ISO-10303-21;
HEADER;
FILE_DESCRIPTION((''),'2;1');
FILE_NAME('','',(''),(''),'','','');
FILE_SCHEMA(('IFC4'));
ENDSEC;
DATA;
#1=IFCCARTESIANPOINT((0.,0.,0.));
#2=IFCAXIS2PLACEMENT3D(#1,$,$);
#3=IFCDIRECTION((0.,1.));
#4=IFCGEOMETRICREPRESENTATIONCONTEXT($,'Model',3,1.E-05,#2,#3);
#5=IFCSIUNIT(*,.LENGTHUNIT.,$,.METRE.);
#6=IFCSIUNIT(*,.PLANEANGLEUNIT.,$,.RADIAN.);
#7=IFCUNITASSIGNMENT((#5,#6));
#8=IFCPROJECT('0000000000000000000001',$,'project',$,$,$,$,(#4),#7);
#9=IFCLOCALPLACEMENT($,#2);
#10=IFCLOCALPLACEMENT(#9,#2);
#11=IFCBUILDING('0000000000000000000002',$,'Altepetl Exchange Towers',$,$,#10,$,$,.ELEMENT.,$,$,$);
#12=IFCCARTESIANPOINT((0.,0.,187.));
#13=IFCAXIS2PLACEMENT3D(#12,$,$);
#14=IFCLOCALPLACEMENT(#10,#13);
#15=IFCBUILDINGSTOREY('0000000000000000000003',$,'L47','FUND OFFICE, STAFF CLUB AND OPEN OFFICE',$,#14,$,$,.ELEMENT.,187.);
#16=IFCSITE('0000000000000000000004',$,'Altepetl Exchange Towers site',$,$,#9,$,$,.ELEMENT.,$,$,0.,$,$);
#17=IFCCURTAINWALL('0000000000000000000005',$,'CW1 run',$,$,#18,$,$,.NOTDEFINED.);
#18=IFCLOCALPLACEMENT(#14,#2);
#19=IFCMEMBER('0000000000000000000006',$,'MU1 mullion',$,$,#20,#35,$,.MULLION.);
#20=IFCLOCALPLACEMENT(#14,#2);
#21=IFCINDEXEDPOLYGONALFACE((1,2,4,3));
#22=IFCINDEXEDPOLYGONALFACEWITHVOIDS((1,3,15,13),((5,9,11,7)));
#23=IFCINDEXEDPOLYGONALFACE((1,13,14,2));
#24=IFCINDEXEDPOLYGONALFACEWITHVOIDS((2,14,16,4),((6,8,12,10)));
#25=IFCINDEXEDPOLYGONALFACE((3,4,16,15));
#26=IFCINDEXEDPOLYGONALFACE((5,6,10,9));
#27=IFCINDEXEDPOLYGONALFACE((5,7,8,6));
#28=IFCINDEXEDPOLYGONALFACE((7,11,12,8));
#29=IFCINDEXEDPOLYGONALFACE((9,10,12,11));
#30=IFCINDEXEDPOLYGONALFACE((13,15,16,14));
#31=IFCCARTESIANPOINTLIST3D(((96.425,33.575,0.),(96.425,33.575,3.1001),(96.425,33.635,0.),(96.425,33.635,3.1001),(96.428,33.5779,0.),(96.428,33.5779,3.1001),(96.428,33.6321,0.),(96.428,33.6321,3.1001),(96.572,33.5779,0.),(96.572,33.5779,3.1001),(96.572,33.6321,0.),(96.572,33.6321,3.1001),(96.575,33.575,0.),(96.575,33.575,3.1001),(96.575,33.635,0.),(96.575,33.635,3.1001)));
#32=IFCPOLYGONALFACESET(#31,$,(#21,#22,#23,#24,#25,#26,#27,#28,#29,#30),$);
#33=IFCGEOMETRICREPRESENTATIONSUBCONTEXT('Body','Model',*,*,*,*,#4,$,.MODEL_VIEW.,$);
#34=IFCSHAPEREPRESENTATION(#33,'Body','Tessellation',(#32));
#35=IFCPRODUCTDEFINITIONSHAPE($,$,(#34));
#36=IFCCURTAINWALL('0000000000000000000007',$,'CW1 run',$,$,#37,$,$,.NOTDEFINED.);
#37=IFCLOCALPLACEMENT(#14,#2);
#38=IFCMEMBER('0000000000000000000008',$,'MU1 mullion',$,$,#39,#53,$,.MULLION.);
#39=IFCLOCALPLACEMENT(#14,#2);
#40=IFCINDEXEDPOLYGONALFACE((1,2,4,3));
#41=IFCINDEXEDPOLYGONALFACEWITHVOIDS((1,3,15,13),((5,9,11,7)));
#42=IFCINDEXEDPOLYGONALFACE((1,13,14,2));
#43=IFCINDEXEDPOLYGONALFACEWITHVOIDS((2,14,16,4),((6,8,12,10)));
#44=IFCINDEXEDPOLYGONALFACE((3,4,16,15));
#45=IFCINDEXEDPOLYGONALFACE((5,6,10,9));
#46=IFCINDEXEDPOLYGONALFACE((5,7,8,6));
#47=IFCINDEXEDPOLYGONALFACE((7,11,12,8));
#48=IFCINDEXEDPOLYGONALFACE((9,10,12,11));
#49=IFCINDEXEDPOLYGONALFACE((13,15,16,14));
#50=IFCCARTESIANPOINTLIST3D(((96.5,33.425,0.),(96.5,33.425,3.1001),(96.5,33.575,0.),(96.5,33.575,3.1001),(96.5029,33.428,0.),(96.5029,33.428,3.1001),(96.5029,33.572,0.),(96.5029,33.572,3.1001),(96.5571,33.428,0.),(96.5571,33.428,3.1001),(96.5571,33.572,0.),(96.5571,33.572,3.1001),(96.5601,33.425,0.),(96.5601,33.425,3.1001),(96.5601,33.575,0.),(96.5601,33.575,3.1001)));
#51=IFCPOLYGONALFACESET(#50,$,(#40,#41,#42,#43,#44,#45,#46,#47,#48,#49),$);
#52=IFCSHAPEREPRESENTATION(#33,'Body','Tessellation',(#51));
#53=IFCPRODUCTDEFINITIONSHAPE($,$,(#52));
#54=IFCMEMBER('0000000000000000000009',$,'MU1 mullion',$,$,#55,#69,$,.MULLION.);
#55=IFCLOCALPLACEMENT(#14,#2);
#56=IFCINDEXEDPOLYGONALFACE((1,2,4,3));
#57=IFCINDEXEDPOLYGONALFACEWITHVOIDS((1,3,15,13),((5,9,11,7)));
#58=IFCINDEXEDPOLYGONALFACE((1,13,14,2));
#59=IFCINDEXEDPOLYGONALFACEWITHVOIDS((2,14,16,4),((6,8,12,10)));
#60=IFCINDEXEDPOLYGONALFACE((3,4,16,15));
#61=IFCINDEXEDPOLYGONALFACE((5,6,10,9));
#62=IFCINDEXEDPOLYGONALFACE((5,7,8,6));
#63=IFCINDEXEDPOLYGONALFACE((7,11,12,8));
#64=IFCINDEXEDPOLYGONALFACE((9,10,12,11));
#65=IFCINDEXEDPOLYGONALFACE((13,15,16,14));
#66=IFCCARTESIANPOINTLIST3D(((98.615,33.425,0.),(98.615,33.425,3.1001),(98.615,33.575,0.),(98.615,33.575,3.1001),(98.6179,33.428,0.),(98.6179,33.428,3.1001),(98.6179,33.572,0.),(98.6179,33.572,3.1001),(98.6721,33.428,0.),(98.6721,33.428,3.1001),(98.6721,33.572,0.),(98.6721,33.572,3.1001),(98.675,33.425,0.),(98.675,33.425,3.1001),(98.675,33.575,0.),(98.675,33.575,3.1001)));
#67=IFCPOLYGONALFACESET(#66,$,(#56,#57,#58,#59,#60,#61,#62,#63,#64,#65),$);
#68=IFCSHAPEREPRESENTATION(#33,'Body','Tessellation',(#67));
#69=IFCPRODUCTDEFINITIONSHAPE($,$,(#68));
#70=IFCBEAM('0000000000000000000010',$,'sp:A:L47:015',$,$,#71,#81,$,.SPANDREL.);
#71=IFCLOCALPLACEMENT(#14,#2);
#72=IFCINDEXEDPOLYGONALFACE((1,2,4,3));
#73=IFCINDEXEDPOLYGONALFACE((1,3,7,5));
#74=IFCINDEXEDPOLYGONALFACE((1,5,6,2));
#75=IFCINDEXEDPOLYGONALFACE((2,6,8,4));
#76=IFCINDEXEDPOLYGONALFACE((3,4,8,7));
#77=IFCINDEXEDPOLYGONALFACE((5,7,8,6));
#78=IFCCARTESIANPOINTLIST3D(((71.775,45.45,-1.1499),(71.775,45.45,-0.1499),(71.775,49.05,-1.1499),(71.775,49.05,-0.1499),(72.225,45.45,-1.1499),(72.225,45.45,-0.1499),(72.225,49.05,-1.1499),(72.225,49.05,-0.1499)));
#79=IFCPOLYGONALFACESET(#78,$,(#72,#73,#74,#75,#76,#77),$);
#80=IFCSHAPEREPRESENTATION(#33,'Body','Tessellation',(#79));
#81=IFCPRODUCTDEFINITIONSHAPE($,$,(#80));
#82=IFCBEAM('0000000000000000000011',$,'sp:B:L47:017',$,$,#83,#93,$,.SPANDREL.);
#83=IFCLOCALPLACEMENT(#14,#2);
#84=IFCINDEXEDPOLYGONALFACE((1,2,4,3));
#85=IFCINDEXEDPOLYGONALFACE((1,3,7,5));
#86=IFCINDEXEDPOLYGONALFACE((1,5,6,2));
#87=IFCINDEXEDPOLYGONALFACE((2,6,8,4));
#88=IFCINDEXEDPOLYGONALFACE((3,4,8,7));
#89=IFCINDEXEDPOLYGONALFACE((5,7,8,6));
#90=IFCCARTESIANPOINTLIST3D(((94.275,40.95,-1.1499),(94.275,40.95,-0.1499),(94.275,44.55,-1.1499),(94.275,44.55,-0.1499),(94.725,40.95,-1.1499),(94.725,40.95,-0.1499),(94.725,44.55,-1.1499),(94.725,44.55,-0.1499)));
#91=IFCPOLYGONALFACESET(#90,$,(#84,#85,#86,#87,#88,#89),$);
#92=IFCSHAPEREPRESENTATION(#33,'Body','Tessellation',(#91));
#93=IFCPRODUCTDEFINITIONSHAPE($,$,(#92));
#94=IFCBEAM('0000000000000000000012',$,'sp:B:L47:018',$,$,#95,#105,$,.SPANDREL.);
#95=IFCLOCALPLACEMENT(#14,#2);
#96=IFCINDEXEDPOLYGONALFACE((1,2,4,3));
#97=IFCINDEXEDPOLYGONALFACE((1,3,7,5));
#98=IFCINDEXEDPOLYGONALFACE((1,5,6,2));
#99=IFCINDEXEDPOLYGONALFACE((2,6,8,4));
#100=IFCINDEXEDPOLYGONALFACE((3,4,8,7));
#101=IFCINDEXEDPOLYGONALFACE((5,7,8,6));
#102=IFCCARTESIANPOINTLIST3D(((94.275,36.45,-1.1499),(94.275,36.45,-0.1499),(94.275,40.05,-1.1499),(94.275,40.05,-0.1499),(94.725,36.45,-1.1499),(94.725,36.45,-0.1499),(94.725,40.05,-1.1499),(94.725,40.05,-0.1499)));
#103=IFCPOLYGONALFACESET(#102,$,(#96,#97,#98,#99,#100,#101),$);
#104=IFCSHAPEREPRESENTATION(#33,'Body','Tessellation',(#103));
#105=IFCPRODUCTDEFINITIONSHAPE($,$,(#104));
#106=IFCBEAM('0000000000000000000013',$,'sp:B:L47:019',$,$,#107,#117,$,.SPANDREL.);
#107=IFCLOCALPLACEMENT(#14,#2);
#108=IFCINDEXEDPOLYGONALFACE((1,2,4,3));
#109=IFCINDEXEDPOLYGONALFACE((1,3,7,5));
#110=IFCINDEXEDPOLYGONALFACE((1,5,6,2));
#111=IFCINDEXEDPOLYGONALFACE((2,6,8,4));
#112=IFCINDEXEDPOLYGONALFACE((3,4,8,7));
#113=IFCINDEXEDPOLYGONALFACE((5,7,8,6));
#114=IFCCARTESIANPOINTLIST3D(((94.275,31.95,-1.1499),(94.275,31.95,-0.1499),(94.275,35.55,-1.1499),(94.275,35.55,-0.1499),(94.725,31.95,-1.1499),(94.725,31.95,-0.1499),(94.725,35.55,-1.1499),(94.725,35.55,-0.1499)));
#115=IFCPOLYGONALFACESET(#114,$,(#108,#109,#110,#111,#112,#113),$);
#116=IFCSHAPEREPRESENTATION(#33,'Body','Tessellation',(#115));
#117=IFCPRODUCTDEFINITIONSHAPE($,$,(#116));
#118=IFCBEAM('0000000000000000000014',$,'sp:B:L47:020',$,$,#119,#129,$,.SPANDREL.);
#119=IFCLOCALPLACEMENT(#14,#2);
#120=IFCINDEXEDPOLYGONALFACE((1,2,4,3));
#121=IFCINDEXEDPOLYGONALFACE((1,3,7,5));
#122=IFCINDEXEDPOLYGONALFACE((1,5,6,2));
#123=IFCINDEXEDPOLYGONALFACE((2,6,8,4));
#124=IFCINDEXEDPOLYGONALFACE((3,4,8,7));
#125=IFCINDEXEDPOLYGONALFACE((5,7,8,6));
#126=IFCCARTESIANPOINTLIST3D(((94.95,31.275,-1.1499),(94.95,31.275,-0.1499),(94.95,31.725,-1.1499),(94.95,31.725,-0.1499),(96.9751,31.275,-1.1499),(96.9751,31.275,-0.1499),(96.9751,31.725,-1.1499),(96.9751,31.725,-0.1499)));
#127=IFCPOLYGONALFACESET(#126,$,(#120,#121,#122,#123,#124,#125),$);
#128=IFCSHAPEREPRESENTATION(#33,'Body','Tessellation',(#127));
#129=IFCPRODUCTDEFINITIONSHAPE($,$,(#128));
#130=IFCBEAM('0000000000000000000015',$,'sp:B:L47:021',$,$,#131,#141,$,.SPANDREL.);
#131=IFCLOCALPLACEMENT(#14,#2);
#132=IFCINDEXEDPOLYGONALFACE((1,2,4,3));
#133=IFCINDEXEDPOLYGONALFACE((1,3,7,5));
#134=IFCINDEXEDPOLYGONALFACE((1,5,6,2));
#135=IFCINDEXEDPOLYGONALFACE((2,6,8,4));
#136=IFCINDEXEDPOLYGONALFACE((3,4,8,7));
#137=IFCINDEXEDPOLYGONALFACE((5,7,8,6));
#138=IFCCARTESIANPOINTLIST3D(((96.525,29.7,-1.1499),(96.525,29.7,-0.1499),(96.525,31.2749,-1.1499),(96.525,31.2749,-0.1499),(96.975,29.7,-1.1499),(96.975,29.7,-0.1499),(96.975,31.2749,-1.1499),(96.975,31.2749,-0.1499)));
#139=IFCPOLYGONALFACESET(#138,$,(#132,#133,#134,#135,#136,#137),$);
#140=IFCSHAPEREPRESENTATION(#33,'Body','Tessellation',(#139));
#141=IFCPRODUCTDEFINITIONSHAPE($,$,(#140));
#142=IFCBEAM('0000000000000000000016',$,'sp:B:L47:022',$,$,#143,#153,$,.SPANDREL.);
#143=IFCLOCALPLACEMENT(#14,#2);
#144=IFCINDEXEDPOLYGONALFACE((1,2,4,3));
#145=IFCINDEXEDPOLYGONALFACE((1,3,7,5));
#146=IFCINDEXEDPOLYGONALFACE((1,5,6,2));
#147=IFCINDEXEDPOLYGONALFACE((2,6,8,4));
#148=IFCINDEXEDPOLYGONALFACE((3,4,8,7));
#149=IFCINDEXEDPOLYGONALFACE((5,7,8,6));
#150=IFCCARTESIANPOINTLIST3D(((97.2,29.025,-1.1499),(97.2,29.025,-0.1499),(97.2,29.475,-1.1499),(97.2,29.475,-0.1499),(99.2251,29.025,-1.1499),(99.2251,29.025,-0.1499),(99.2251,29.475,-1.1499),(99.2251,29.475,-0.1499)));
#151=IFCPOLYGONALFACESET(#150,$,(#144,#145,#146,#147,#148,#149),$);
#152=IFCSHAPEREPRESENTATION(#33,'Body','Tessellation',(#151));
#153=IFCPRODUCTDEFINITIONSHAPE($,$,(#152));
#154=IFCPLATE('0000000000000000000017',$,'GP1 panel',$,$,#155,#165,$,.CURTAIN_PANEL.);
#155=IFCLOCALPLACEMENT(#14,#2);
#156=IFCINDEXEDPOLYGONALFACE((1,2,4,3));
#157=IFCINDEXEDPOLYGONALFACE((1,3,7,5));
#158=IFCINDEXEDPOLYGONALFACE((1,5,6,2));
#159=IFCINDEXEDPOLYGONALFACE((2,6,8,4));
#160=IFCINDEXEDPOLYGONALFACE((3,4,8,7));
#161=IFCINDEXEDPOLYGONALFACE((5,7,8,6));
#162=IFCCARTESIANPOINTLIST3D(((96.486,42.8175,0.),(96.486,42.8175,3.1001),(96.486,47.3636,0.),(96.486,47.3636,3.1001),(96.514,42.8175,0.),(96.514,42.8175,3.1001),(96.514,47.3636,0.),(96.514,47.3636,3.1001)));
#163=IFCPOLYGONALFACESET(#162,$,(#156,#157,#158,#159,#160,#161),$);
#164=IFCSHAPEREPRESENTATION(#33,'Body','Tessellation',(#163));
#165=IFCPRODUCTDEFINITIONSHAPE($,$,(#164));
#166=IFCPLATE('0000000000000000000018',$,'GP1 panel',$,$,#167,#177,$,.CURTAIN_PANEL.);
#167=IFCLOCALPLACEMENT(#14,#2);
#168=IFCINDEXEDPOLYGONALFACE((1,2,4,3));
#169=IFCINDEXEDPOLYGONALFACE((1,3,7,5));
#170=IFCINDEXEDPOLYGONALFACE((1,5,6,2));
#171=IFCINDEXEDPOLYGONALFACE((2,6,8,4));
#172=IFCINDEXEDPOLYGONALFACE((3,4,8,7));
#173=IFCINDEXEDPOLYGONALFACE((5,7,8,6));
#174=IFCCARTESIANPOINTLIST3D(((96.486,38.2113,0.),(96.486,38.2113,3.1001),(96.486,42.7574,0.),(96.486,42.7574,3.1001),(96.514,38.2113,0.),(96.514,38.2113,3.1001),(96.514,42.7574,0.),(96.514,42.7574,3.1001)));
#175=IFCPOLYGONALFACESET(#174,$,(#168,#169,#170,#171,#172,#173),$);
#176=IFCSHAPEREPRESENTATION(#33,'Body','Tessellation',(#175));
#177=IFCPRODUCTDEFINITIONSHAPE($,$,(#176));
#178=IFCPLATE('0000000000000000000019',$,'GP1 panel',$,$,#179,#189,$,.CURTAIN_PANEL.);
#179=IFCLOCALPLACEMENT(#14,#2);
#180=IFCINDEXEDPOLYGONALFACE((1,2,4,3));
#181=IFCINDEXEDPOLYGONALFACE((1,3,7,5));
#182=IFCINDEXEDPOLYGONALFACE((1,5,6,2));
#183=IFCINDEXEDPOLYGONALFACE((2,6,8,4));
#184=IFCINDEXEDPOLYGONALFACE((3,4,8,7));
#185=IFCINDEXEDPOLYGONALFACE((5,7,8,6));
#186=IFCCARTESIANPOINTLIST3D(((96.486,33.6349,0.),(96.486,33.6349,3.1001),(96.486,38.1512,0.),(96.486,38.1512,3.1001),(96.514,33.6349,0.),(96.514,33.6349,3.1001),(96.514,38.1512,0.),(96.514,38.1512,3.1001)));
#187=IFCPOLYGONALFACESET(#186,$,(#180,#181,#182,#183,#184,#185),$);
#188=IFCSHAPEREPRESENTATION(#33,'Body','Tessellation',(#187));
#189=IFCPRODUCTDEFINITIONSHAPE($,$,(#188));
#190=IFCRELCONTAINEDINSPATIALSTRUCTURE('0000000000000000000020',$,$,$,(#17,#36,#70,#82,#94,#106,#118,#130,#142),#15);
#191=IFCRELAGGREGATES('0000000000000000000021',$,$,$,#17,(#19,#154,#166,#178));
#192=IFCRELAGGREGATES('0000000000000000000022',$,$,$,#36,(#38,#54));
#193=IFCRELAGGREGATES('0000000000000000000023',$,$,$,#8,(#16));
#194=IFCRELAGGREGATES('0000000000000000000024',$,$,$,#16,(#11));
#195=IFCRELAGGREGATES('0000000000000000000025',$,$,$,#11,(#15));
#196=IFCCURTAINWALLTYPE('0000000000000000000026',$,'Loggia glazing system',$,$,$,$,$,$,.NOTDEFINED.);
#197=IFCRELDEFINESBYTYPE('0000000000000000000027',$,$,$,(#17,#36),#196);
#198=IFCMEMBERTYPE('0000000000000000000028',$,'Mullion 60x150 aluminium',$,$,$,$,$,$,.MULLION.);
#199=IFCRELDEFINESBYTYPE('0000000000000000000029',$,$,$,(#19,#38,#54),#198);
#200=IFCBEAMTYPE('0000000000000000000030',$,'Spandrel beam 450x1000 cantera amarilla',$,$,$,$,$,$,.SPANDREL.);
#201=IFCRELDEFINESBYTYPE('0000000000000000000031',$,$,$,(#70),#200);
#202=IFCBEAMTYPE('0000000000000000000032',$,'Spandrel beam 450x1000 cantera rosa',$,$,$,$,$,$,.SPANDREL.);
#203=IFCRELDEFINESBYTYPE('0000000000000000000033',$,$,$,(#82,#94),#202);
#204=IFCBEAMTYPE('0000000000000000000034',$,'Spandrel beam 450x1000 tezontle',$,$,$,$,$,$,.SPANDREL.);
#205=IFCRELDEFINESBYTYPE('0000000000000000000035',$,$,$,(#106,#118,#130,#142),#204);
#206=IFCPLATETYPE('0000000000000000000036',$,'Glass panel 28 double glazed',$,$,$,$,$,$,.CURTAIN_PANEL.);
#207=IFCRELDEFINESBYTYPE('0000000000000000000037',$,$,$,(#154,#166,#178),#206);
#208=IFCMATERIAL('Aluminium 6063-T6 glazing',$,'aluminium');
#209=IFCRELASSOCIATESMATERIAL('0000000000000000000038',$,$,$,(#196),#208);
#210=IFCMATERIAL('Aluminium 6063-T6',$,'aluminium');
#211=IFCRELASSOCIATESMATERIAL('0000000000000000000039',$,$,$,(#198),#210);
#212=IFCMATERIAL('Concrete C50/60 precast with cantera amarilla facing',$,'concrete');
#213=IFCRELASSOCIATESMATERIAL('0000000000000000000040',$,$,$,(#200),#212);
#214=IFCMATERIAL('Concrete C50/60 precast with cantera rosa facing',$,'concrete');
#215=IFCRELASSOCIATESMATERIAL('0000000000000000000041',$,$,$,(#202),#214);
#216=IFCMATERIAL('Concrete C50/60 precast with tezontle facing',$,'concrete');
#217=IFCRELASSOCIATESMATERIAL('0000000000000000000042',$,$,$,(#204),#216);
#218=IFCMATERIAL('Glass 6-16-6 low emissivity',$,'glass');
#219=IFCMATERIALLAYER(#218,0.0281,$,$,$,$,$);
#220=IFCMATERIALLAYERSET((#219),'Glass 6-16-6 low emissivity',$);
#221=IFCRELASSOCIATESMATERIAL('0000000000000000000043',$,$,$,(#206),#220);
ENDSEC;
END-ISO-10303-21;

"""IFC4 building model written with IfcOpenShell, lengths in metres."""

from ifc_helpers import new_model, si_unit, direction, frame, origin, origin_2d, place, context, subcontext, project, spatial, rectangle, hollow_rectangle, extrude, material, layer, layer_set, material_profile, profile_set, type_object, element, aggregate, save


model = new_model("IFC4")

# Units and contexts
model_context = context("Model", 3, precision=1e-05, world=origin(), true_north=direction((0.0, 1.0)))
body_context = subcontext(model_context, "Body", "Model", "MODEL_VIEW")
ifc_project = project(units=[si_unit("LENGTHUNIT", "METRE"), si_unit("PLANEANGLEUNIT", "RADIAN")], contexts=[model_context])

# Site, building, storey
site_placement = place(None, origin())
site = spatial("IfcSite", under=ifc_project, at=site_placement, Name="Altepetl Exchange Towers site", CompositionType="ELEMENT", RefElevation=0.0)
building_placement = place(site_placement, origin())
building = spatial("IfcBuilding", under=site, at=building_placement, Name="Altepetl Exchange Towers", CompositionType="ELEMENT")
storey_placement = place(building_placement, frame((0.0, 0.0, 187.0)))
storey = spatial("IfcBuildingStorey", under=building, at=storey_placement, Name="L47", Description="FUND OFFICE, STAFF CLUB AND OPEN OFFICE", CompositionType="ELEMENT", Elevation=187.0)

# Curtain walls, members
ifc_material_1 = material(Name="Aluminium 6063-T6 glazing", Category="aluminium")
curtain_wall_type = type_object("IfcCurtainWallType", Name="Loggia glazing system", PredefinedType="NOTDEFINED", material=ifc_material_1)
curtain_wall_1_placement = place(storey_placement, origin())
curtain_wall_1 = element("IfcCurtainWall", 1, at=curtain_wall_1_placement, inside=storey, type_object=curtain_wall_type, Name="CW1 run", PredefinedType="NOTDEFINED")
ifc_material_2 = material(Name="Aluminium 6063-T6", Category="aluminium")
ifc_material_profile_1 = material_profile(ifc_material_2, hollow_rectangle(XDim=0.0601, YDim=0.1499, WallThickness=0.0029, at=origin_2d()), Name="Mullion 60x150 aluminium")
ifc_profile_set_1 = profile_set([ifc_material_profile_1], Name="Aluminium 6063-T6")
member_type = type_object("IfcMemberType", Name="Mullion 60x150 aluminium", PredefinedType="MULLION", material=ifc_profile_set_1)
member_1_placement = place(storey_placement, frame((96.5, 33.605, 0.0), z_axis=(0.0, 0.0, 1.0), x_axis=(0.0, -1.0, 0.0)))
member_1 = element("IfcMember", 2, at=member_1_placement, type_object=member_type, Name="MU1 mullion", PredefinedType="MULLION", context=body_context, shape_type="SweptSolid", body=[
    extrude(hollow_rectangle(XDim=0.0601, YDim=0.1499, WallThickness=0.0029, at=origin_2d()), origin(), (0.0, 0.0, 1.0), 3.1001),
])
curtain_wall_2_placement = place(storey_placement, origin())
curtain_wall_2 = element("IfcCurtainWall", 3, at=curtain_wall_2_placement, inside=storey, type_object=curtain_wall_type, Name="CW1 run", PredefinedType="NOTDEFINED")
member_2_placement = place(storey_placement, frame((96.53, 33.5, 0.0)))
member_2 = element("IfcMember", 4, at=member_2_placement, type_object=member_type, Name="MU1 mullion", PredefinedType="MULLION", context=body_context, shape_type="SweptSolid", body=[
    extrude(hollow_rectangle(XDim=0.0601, YDim=0.1499, WallThickness=0.0029, at=origin_2d()), origin(), (0.0, 0.0, 1.0), 3.1001),
])
member_3_placement = place(storey_placement, frame((98.645, 33.5, 0.0)))
member_3 = element("IfcMember", 5, at=member_3_placement, type_object=member_type, Name="MU1 mullion", PredefinedType="MULLION", context=body_context, shape_type="SweptSolid", body=[
    extrude(hollow_rectangle(XDim=0.0601, YDim=0.1499, WallThickness=0.0029, at=origin_2d()), origin(), (0.0, 0.0, 1.0), 3.1001),
])

# Beams
ifc_material_3 = material(Name="Concrete C50/60 precast with cantera amarilla facing", Category="concrete")
ifc_material_profile_2 = material_profile(ifc_material_3, rectangle(XDim=0.45, YDim=1.0, at=origin_2d()), Name="450 x 1000")
ifc_profile_set_2 = profile_set([ifc_material_profile_2], Name="Concrete C50/60 precast with cantera amarilla facing")
beam_type_1 = type_object("IfcBeamType", Name="Spandrel beam 450x1000 cantera amarilla", PredefinedType="SPANDREL", material=ifc_profile_set_2)
beam_1_placement = place(storey_placement, frame((72.0, 45.45, -0.6499), z_axis=(0.0, 1.0, 0.0), x_axis=(-1.0, 0.0, 0.0)))
element("IfcBeam", 6, at=beam_1_placement, inside=storey, type_object=beam_type_1, Name="sp:A:L47:015", PredefinedType="SPANDREL", context=body_context, shape_type="SweptSolid", body=[
    extrude(rectangle(XDim=0.45, YDim=1.0, at=origin_2d()), origin(), (0.0, 0.0, 1.0), 3.6001),
])
ifc_material_4 = material(Name="Concrete C50/60 precast with cantera rosa facing", Category="concrete")
ifc_material_profile_3 = material_profile(ifc_material_4, rectangle(XDim=0.45, YDim=1.0, at=origin_2d()), Name="450 x 1000")
ifc_profile_set_3 = profile_set([ifc_material_profile_3], Name="Concrete C50/60 precast with cantera rosa facing")
beam_type_2 = type_object("IfcBeamType", Name="Spandrel beam 450x1000 cantera rosa", PredefinedType="SPANDREL", material=ifc_profile_set_3)
for number, where, z_axis, x_axis, name in (
    (7, (94.5, 44.55, -0.6499), (0.0, -1.0, 0.0), (1.0, 0.0, 0.0), "sp:B:L47:017"),
    (8, (94.5, 40.05, -0.6499), (0.0, -1.0, 0.0), (1.0, 0.0, 0.0), "sp:B:L47:018"),
):
    element("IfcBeam", number, at=place(storey_placement, frame(where, z_axis=z_axis, x_axis=x_axis)), inside=storey, type_object=beam_type_2, Name=name, PredefinedType="SPANDREL", context=body_context, shape_type="SweptSolid", body=[
        extrude(rectangle(XDim=0.45, YDim=1.0, at=origin_2d()), origin(), (0.0, 0.0, 1.0), 3.6001),
    ])
ifc_material_5 = material(Name="Concrete C50/60 precast with tezontle facing", Category="concrete")
ifc_material_profile_4 = material_profile(ifc_material_5, rectangle(XDim=0.45, YDim=1.0, at=origin_2d()), Name="450 x 1000")
ifc_profile_set_4 = profile_set([ifc_material_profile_4], Name="Concrete C50/60 precast with tezontle facing")
beam_type_3 = type_object("IfcBeamType", Name="Spandrel beam 450x1000 tezontle", PredefinedType="SPANDREL", material=ifc_profile_set_4)
beam_2_placement = place(storey_placement, frame((94.5, 35.55, -0.6499), z_axis=(0.0, -1.0, 0.0), x_axis=(1.0, 0.0, 0.0)))
element("IfcBeam", 9, at=beam_2_placement, inside=storey, type_object=beam_type_3, Name="sp:B:L47:019", PredefinedType="SPANDREL", context=body_context, shape_type="SweptSolid", body=[
    extrude(rectangle(XDim=0.45, YDim=1.0, at=origin_2d()), origin(), (0.0, 0.0, 1.0), 3.6001),
])
beam_3_placement = place(storey_placement, frame((94.95, 31.5, -0.6499), z_axis=(1.0, 0.0, 0.0), x_axis=(0.0, 1.0, 0.0)))
element("IfcBeam", 10, at=beam_3_placement, inside=storey, type_object=beam_type_3, Name="sp:B:L47:020", PredefinedType="SPANDREL", context=body_context, shape_type="SweptSolid", body=[
    extrude(rectangle(XDim=0.45, YDim=1.0, at=origin_2d()), origin(), (0.0, 0.0, 1.0), 2.0251),
])
beam_4_placement = place(storey_placement, frame((96.75, 31.2749, -0.6499), z_axis=(0.0, -1.0, 0.0), x_axis=(1.0, 0.0, 0.0)))
element("IfcBeam", 11, at=beam_4_placement, inside=storey, type_object=beam_type_3, Name="sp:B:L47:021", PredefinedType="SPANDREL", context=body_context, shape_type="SweptSolid", body=[
    extrude(rectangle(XDim=0.45, YDim=1.0, at=origin_2d()), origin(), (0.0, 0.0, 1.0), 1.575),
])
beam_5_placement = place(storey_placement, frame((97.2, 29.25, -0.6499), z_axis=(1.0, 0.0, 0.0), x_axis=(0.0, 1.0, 0.0)))
element("IfcBeam", 12, at=beam_5_placement, inside=storey, type_object=beam_type_3, Name="sp:B:L47:022", PredefinedType="SPANDREL", context=body_context, shape_type="SweptSolid", body=[
    extrude(rectangle(XDim=0.45, YDim=1.0, at=origin_2d()), origin(), (0.0, 0.0, 1.0), 2.0251),
])

# Plates
ifc_material_6 = material(Name="Glass 6-16-6 low emissivity", Category="glass")
ifc_layer_1 = layer(ifc_material_6, 0.0281)
ifc_layer_set_1 = layer_set([ifc_layer_1], Name="Glass 6-16-6 low emissivity")
plate_type = type_object("IfcPlateType", Name="Glass panel 28 double glazed", PredefinedType="CURTAIN_PANEL", material=ifc_layer_set_1)
plate_1_placement = place(storey_placement, frame((96.5, 45.0906, 0.0), z_axis=(0.0, 0.0, 1.0), x_axis=(0.0, -1.0, 0.0)))
plate_1 = element("IfcPlate", 13, at=plate_1_placement, type_object=plate_type, Name="GP1 panel", PredefinedType="CURTAIN_PANEL", context=body_context, shape_type="SweptSolid", body=[
    extrude(rectangle(XDim=4.5461, YDim=0.0281, at=origin_2d()), origin(), (0.0, 0.0, 1.0), 3.1001),
])
plate_2_placement = place(storey_placement, frame((96.5, 40.4844, 0.0), z_axis=(0.0, 0.0, 1.0), x_axis=(0.0, -1.0, 0.0)))
plate_2 = element("IfcPlate", 14, at=plate_2_placement, type_object=plate_type, Name="GP1 panel", PredefinedType="CURTAIN_PANEL", context=body_context, shape_type="SweptSolid", body=[
    extrude(rectangle(XDim=4.5461, YDim=0.0281, at=origin_2d()), origin(), (0.0, 0.0, 1.0), 3.1001),
])
plate_3_placement = place(storey_placement, frame((96.5, 35.8931, 0.0), z_axis=(0.0, 0.0, 1.0), x_axis=(0.0, -1.0, 0.0)))
plate_3 = element("IfcPlate", 15, at=plate_3_placement, type_object=plate_type, Name="GP1 panel", PredefinedType="CURTAIN_PANEL", context=body_context, shape_type="SweptSolid", body=[
    extrude(rectangle(XDim=4.5164, YDim=0.0281, at=origin_2d()), origin(), (0.0, 0.0, 1.0), 3.1001),
])
aggregate(curtain_wall_1, [member_1, plate_1, plate_2, plate_3])
aggregate(curtain_wall_2, [member_2, member_3])

save(model, "model.ifc")
